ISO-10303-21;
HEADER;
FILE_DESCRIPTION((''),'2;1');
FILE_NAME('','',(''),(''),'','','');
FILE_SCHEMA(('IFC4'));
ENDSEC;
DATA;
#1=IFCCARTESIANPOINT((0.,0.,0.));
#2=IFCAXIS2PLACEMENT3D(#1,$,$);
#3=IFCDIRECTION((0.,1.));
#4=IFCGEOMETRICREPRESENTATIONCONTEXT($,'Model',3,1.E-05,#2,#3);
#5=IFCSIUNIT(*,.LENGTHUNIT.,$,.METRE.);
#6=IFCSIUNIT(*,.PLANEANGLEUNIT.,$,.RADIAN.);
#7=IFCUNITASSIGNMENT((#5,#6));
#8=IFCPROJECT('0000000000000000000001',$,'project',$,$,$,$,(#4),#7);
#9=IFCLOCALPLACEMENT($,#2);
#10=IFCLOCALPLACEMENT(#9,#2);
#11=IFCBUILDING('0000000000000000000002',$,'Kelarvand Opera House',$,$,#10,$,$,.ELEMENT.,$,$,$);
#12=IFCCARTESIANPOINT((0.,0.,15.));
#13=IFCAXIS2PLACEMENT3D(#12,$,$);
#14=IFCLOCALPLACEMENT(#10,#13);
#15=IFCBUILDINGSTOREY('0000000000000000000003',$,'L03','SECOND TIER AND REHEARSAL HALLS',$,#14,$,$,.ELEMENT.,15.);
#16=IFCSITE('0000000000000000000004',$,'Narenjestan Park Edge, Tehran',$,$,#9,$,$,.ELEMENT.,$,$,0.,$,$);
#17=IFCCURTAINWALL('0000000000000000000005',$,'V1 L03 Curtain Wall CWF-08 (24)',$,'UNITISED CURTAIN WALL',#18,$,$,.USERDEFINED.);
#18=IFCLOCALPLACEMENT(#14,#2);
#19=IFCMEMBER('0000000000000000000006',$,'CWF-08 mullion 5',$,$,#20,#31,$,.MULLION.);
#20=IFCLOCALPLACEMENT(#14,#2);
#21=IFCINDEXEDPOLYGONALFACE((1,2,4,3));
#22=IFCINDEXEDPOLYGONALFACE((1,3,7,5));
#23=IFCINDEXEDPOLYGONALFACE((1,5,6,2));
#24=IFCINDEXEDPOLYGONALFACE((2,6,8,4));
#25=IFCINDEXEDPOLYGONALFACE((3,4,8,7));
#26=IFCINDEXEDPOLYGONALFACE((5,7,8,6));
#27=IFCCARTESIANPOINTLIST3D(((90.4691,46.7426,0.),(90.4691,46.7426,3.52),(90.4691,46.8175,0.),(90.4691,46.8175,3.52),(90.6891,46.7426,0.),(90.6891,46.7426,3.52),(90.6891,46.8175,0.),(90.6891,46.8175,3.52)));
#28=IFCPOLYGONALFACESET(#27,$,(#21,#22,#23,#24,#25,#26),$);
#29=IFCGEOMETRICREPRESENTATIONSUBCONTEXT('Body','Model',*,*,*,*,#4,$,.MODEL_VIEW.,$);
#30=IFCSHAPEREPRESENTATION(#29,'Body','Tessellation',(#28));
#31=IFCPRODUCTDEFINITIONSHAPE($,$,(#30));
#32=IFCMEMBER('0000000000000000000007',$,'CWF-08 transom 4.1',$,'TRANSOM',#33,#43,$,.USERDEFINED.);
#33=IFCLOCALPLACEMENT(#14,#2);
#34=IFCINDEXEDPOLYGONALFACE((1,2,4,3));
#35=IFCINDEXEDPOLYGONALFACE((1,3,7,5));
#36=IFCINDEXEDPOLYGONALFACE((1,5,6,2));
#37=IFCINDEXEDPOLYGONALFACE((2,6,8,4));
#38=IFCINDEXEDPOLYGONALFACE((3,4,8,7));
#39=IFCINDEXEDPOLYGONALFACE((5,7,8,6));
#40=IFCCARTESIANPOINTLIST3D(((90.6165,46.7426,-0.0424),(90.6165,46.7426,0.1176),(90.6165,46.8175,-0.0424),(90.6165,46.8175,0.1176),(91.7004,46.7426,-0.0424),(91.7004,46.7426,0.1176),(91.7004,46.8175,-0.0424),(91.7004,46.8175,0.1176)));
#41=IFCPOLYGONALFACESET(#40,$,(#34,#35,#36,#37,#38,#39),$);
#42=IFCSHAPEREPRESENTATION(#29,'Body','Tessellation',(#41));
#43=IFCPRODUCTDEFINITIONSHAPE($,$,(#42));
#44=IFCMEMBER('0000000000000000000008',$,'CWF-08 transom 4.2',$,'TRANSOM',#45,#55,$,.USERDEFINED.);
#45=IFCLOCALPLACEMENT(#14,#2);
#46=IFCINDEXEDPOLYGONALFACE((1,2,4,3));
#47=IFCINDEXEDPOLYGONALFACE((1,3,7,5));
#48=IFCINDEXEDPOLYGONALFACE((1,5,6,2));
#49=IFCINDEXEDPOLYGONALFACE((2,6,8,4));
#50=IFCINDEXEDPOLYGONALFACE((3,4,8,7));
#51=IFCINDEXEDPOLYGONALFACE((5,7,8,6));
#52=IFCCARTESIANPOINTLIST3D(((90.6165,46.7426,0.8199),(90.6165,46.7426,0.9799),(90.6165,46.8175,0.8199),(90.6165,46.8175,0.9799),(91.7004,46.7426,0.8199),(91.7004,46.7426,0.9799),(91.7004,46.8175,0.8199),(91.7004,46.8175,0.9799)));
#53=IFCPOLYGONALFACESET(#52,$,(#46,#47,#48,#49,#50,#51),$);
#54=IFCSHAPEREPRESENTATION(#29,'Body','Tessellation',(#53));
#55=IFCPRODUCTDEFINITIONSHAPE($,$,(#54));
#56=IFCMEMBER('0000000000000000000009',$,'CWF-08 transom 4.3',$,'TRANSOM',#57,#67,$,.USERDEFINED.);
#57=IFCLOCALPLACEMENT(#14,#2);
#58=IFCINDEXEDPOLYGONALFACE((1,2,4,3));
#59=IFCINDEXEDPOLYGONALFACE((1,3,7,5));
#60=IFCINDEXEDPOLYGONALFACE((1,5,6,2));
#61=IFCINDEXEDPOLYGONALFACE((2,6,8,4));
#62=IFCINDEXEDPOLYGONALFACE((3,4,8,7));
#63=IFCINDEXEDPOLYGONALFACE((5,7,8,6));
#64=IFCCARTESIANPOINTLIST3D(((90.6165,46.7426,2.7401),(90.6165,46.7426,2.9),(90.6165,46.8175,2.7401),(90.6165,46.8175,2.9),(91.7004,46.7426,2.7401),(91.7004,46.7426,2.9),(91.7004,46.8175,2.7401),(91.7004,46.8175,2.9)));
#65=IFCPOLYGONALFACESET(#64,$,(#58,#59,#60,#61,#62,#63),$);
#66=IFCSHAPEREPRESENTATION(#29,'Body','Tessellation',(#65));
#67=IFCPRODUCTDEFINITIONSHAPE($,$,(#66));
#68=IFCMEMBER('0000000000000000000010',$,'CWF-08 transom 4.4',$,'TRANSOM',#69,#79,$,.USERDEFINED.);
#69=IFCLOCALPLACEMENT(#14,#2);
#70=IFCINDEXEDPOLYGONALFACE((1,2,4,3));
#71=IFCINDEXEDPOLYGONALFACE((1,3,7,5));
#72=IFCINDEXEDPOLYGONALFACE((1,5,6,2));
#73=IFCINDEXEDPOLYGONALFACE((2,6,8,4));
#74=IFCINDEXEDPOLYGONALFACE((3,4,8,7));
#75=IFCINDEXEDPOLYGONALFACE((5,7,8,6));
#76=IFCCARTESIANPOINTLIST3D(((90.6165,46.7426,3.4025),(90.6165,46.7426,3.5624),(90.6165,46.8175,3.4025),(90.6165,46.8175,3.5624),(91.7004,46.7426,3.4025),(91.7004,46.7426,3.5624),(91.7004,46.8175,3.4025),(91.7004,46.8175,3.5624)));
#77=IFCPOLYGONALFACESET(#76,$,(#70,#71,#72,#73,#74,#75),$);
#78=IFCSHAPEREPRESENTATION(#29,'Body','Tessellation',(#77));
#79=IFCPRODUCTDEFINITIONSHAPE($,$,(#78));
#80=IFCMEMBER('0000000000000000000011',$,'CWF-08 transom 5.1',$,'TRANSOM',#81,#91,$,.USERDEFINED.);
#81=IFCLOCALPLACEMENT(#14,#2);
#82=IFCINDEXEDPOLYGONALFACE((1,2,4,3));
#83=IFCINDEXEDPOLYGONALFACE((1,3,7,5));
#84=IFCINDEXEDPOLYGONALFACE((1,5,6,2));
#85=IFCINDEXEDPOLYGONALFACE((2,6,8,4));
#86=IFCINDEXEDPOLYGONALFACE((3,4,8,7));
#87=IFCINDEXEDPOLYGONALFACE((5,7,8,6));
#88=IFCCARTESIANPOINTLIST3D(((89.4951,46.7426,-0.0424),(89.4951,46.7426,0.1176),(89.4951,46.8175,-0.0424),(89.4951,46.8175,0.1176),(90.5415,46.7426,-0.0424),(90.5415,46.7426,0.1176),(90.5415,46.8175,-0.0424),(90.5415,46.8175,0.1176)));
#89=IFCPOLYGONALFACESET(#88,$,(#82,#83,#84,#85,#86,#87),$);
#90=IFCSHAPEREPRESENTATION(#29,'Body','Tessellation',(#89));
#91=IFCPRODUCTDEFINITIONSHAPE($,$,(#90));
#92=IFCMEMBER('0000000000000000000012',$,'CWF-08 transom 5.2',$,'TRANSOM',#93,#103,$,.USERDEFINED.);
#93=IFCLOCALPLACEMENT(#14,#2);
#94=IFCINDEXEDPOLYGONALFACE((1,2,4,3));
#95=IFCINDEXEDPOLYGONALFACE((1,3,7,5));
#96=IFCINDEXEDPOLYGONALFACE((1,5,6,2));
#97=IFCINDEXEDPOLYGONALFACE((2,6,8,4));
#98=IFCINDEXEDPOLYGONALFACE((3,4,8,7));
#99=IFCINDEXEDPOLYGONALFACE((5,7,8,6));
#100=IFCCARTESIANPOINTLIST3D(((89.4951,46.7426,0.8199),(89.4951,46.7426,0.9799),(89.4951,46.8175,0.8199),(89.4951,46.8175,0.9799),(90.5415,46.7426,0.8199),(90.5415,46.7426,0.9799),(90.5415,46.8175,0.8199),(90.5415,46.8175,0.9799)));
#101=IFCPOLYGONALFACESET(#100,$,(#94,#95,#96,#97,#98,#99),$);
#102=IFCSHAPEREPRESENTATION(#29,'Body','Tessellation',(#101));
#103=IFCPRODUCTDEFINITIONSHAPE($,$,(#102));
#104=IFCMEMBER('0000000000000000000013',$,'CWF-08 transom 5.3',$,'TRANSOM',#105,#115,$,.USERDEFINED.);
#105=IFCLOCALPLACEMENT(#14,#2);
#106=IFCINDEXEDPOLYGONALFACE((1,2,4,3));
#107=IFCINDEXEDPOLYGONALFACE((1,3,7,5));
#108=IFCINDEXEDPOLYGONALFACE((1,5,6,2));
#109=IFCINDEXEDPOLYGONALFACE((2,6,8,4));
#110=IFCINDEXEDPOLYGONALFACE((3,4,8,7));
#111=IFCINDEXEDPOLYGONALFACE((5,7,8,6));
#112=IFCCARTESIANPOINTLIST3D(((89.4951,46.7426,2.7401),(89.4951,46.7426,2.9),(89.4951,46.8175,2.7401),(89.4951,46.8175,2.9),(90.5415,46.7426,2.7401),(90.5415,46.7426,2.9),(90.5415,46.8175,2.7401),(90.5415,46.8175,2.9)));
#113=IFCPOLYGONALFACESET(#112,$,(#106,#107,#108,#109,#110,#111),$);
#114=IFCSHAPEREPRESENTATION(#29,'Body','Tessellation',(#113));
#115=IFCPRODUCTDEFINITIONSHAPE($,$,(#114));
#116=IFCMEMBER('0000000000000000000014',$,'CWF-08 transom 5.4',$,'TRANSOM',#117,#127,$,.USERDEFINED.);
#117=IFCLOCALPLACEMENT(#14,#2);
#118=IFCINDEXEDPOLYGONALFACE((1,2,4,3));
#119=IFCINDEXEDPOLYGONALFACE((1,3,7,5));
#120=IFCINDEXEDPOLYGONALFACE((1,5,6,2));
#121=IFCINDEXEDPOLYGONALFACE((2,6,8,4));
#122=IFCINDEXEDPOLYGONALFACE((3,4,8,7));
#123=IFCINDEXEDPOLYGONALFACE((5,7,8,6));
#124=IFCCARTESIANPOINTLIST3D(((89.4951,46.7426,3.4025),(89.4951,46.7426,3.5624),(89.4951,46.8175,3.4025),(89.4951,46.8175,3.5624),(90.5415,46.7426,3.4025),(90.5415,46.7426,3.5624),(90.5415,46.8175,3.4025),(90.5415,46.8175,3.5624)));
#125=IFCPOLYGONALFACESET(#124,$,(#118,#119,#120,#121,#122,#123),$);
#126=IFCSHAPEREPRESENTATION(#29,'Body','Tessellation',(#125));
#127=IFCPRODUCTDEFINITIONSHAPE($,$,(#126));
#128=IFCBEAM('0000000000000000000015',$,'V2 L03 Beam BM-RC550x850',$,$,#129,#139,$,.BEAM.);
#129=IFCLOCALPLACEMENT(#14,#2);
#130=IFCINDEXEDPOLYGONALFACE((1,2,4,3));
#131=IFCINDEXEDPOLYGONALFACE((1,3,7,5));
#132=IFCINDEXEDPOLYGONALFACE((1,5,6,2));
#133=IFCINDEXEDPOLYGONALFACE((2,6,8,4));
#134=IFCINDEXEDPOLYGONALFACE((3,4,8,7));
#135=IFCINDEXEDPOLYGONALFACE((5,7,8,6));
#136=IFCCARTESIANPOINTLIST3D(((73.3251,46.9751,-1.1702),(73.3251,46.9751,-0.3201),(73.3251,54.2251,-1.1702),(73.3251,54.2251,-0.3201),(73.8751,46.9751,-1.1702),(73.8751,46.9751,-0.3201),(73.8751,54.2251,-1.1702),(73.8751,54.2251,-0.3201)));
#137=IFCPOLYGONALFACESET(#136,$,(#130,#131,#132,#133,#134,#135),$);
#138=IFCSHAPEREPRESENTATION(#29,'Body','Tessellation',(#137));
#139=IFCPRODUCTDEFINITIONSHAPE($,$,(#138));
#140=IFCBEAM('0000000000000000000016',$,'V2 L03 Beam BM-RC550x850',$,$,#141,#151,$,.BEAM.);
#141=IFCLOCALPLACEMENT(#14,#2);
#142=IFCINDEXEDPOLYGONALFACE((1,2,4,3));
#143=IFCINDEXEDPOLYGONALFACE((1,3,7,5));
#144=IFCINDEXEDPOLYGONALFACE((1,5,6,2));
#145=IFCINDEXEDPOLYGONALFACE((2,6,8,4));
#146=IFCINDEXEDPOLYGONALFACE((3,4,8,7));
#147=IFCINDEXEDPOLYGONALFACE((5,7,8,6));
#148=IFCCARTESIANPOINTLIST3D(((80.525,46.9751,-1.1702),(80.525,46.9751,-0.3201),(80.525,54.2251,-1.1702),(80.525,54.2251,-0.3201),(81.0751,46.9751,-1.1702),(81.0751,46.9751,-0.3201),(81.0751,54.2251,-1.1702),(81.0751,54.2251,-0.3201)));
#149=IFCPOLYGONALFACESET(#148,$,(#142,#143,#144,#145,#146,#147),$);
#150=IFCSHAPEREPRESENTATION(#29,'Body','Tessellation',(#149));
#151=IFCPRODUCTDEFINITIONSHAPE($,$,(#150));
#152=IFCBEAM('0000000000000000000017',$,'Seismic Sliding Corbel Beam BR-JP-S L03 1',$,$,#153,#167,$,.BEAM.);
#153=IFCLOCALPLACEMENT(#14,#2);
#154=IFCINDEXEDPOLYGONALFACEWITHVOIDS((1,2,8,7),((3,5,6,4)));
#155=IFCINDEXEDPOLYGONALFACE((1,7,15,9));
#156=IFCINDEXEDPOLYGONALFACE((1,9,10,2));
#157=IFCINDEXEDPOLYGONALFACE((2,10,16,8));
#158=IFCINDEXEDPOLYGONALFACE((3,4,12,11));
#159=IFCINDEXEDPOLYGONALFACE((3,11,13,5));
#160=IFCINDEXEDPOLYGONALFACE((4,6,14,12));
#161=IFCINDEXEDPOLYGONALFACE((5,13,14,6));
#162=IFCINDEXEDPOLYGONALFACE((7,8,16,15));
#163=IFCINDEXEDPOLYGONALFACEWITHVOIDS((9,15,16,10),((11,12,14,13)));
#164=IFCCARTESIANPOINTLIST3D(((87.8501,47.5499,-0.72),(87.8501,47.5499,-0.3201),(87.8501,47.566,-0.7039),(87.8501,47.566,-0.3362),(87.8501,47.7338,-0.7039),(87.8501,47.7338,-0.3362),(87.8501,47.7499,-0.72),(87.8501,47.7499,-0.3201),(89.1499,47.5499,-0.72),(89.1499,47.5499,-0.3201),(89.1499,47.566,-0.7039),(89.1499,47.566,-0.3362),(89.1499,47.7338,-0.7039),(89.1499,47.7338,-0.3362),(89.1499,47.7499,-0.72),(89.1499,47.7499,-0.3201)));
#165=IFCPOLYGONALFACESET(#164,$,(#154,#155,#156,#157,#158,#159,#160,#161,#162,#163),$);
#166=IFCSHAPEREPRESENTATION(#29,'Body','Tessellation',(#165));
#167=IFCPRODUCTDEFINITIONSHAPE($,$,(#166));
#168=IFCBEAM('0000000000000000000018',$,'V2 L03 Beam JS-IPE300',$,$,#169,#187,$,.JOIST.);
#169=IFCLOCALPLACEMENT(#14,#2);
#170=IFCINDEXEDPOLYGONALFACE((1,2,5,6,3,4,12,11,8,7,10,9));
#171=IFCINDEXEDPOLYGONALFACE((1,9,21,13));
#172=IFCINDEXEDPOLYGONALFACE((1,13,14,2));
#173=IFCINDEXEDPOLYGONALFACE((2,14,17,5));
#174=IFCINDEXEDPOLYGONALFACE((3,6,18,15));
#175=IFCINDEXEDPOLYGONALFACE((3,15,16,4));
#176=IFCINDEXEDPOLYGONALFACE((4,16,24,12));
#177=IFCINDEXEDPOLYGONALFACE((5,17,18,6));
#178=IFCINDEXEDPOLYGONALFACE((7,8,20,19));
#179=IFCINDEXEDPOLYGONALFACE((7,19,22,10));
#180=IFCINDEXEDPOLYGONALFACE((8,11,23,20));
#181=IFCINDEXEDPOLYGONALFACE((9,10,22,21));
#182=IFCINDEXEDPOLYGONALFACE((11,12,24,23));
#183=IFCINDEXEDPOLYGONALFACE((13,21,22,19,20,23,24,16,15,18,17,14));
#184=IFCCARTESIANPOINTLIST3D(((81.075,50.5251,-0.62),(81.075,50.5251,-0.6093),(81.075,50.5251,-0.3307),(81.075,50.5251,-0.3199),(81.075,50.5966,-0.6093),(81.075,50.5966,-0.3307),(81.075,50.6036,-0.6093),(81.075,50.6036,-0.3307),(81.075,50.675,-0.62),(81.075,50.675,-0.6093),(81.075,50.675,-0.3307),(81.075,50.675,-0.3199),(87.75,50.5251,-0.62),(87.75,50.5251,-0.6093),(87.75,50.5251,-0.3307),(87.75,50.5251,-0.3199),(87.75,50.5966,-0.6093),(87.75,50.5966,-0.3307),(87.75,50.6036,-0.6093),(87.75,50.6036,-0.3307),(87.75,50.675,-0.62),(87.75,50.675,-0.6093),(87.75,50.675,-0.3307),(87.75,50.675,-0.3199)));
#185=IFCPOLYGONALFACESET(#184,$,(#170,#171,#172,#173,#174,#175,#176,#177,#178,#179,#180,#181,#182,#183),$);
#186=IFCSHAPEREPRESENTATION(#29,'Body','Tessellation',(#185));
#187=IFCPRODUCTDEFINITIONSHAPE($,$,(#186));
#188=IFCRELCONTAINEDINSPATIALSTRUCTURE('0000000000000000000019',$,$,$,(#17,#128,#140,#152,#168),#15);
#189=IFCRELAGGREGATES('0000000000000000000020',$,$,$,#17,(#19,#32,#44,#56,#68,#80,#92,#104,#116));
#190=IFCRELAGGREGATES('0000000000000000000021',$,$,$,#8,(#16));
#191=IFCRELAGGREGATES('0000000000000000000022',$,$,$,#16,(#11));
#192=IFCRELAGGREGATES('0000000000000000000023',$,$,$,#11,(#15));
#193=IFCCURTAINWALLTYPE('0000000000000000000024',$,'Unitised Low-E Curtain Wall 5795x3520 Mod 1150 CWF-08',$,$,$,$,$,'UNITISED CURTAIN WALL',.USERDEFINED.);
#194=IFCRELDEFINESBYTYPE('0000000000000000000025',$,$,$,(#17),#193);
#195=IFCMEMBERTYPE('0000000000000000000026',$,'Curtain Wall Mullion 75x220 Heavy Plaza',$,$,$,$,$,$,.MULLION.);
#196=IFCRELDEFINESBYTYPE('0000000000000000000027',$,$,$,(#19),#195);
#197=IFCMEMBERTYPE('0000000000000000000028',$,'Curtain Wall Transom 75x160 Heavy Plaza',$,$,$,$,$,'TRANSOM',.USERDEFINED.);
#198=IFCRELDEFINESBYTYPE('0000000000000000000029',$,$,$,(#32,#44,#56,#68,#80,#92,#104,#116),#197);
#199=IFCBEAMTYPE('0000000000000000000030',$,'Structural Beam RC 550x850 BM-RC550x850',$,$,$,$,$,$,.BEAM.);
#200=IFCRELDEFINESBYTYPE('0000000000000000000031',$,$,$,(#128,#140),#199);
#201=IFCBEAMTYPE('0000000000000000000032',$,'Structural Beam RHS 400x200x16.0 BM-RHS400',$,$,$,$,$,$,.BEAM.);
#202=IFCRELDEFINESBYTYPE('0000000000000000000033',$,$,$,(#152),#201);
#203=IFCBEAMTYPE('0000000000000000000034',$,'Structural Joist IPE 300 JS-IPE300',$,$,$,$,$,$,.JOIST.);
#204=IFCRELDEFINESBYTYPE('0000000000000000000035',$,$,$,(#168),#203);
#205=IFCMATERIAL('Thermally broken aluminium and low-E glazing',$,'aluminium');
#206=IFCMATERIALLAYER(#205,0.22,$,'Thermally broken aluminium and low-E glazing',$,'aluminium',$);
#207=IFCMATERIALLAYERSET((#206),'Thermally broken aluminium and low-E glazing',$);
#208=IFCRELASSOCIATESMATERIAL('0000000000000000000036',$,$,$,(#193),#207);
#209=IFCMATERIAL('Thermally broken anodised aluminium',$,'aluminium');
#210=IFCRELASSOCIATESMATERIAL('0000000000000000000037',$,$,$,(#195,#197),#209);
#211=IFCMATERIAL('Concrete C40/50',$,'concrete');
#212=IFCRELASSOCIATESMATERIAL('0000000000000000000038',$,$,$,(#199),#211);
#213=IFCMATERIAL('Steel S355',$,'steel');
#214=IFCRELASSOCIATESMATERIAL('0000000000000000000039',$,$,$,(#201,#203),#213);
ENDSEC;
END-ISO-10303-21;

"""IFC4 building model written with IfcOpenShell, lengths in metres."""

from ifc_helpers import new_model, si_unit, direction, frame, origin, origin_2d, place, context, subcontext, project, spatial, rectangle, hollow_rectangle, i_section, extrude, material, layer, layer_set, material_profile, profile_set, type_object, element, aggregate, save


model = new_model("IFC4")

# Units and contexts
model_context = context("Model", 3, precision=1e-05, world=origin(), true_north=direction((0.0, 1.0)))
body_context = subcontext(model_context, "Body", "Model", "MODEL_VIEW")
ifc_project = project(units=[si_unit("LENGTHUNIT", "METRE"), si_unit("PLANEANGLEUNIT", "RADIAN")], contexts=[model_context])

# Site, building, storey
site_placement = place(None, origin())
site = spatial("IfcSite", under=ifc_project, at=site_placement, Name="Narenjestan Park Edge, Tehran", CompositionType="ELEMENT", RefElevation=0.0)
building_placement = place(site_placement, origin())
building = spatial("IfcBuilding", under=site, at=building_placement, Name="Kelarvand Opera House", CompositionType="ELEMENT")
storey_placement = place(building_placement, frame((0.0, 0.0, 15.0)))
storey = spatial("IfcBuildingStorey", under=building, at=storey_placement, Name="L03", Description="SECOND TIER AND REHEARSAL HALLS", CompositionType="ELEMENT", Elevation=15.0)

# Curtain wall, members
ifc_material_1 = material(Name="Thermally broken aluminium and low-E glazing", Category="aluminium")
ifc_layer_1 = layer(ifc_material_1, 0.22, Name="Thermally broken aluminium and low-E glazing", Category="aluminium")
ifc_layer_set_1 = layer_set([ifc_layer_1], Name="Thermally broken aluminium and low-E glazing")
curtain_wall_type = type_object("IfcCurtainWallType", Name="Unitised Low-E Curtain Wall 5795x3520 Mod 1150 CWF-08", ElementType="UNITISED CURTAIN WALL", PredefinedType="USERDEFINED", material=ifc_layer_set_1)
curtain_wall_placement = place(storey_placement, origin())
curtain_wall = element("IfcCurtainWall", 1, at=curtain_wall_placement, inside=storey, type_object=curtain_wall_type, Name="V1 L03 Curtain Wall CWF-08 (24)", ObjectType="UNITISED CURTAIN WALL", PredefinedType="USERDEFINED")
ifc_material_2 = material(Name="Thermally broken anodised aluminium", Category="aluminium")
ifc_material_profile_1 = material_profile(ifc_material_2, rectangle(XDim=0.075, YDim=0.22, at=origin_2d()), Name="ALU MULLION 75x220", Category="aluminium")
ifc_profile_set_1 = profile_set([ifc_material_profile_1], Name="Thermally broken anodised aluminium")
member_type_1 = type_object("IfcMemberType", Name="Curtain Wall Mullion 75x220 Heavy Plaza", PredefinedType="MULLION", material=ifc_profile_set_1)
member_1_placement = place(storey_placement, frame((90.5791, 46.78, 0.0), z_axis=(0.0, 0.0, 1.0), x_axis=(0.0, -1.0, 0.0)))
member_1 = element("IfcMember", 2, at=member_1_placement, type_object=member_type_1, Name="CWF-08 mullion 5", PredefinedType="MULLION", context=body_context, shape_type="SweptSolid", body=[
    extrude(rectangle(XDim=0.075, YDim=0.22, at=origin_2d()), origin(), (0.0, 0.0, 1.0), 3.52),
])
ifc_material_profile_2 = material_profile(ifc_material_2, rectangle(XDim=0.075, YDim=0.1599, at=origin_2d()), Name="ALU TRANSOM 75x160", Category="aluminium")
ifc_profile_set_2 = profile_set([ifc_material_profile_2], Name="Thermally broken anodised aluminium")
member_type_2 = type_object("IfcMemberType", Name="Curtain Wall Transom 75x160 Heavy Plaza", ElementType="TRANSOM", PredefinedType="USERDEFINED", material=ifc_profile_set_2)
member_2_placement = place(storey_placement, frame((91.7004, 46.78, 0.0376), z_axis=(-1.0, 0.0, 0.0), x_axis=(0.0, -1.0, 0.0)))
member_2 = element("IfcMember", 3, at=member_2_placement, type_object=member_type_2, Name="CWF-08 transom 4.1", ObjectType="TRANSOM", PredefinedType="USERDEFINED", context=body_context, shape_type="SweptSolid", body=[
    extrude(rectangle(XDim=0.075, YDim=0.1599, at=origin_2d()), origin(), (0.0, 0.0, 1.0), 1.084),
])
member_3_placement = place(storey_placement, frame((91.7004, 46.78, 0.8999), z_axis=(-1.0, 0.0, 0.0), x_axis=(0.0, -1.0, 0.0)))
member_3 = element("IfcMember", 4, at=member_3_placement, type_object=member_type_2, Name="CWF-08 transom 4.2", ObjectType="TRANSOM", PredefinedType="USERDEFINED", context=body_context, shape_type="SweptSolid", body=[
    extrude(rectangle(XDim=0.075, YDim=0.1599, at=origin_2d()), origin(), (0.0, 0.0, 1.0), 1.084),
])
member_4_placement = place(storey_placement, frame((91.7004, 46.78, 2.8201), z_axis=(-1.0, 0.0, 0.0), x_axis=(0.0, -1.0, 0.0)))
member_4 = element("IfcMember", 5, at=member_4_placement, type_object=member_type_2, Name="CWF-08 transom 4.3", ObjectType="TRANSOM", PredefinedType="USERDEFINED", context=body_context, shape_type="SweptSolid", body=[
    extrude(rectangle(XDim=0.075, YDim=0.1599, at=origin_2d()), origin(), (0.0, 0.0, 1.0), 1.084),
])
member_5_placement = place(storey_placement, frame((91.7004, 46.78, 3.4824), z_axis=(-1.0, 0.0, 0.0), x_axis=(0.0, -1.0, 0.0)))
member_5 = element("IfcMember", 6, at=member_5_placement, type_object=member_type_2, Name="CWF-08 transom 4.4", ObjectType="TRANSOM", PredefinedType="USERDEFINED", context=body_context, shape_type="SweptSolid", body=[
    extrude(rectangle(XDim=0.075, YDim=0.1599, at=origin_2d()), origin(), (0.0, 0.0, 1.0), 1.084),
])
member_6_placement = place(storey_placement, frame((90.5415, 46.78, 0.0376), z_axis=(-1.0, 0.0, 0.0), x_axis=(0.0, -1.0, 0.0)))
member_6 = element("IfcMember", 7, at=member_6_placement, type_object=member_type_2, Name="CWF-08 transom 5.1", ObjectType="TRANSOM", PredefinedType="USERDEFINED", context=body_context, shape_type="SweptSolid", body=[
    extrude(rectangle(XDim=0.075, YDim=0.1599, at=origin_2d()), origin(), (0.0, 0.0, 1.0), 1.0464),
])
member_7_placement = place(storey_placement, frame((90.5415, 46.78, 0.8999), z_axis=(-1.0, 0.0, 0.0), x_axis=(0.0, -1.0, 0.0)))
member_7 = element("IfcMember", 8, at=member_7_placement, type_object=member_type_2, Name="CWF-08 transom 5.2", ObjectType="TRANSOM", PredefinedType="USERDEFINED", context=body_context, shape_type="SweptSolid", body=[
    extrude(rectangle(XDim=0.075, YDim=0.1599, at=origin_2d()), origin(), (0.0, 0.0, 1.0), 1.0464),
])
member_8_placement = place(storey_placement, frame((90.5415, 46.78, 2.8201), z_axis=(-1.0, 0.0, 0.0), x_axis=(0.0, -1.0, 0.0)))
member_8 = element("IfcMember", 9, at=member_8_placement, type_object=member_type_2, Name="CWF-08 transom 5.3", ObjectType="TRANSOM", PredefinedType="USERDEFINED", context=body_context, shape_type="SweptSolid", body=[
    extrude(rectangle(XDim=0.075, YDim=0.1599, at=origin_2d()), origin(), (0.0, 0.0, 1.0), 1.0464),
])
member_9_placement = place(storey_placement, frame((90.5415, 46.78, 3.4824), z_axis=(-1.0, 0.0, 0.0), x_axis=(0.0, -1.0, 0.0)))
member_9 = element("IfcMember", 10, at=member_9_placement, type_object=member_type_2, Name="CWF-08 transom 5.4", ObjectType="TRANSOM", PredefinedType="USERDEFINED", context=body_context, shape_type="SweptSolid", body=[
    extrude(rectangle(XDim=0.075, YDim=0.1599, at=origin_2d()), origin(), (0.0, 0.0, 1.0), 1.0464),
])

# Beams
ifc_material_3 = material(Name="Concrete C40/50", Category="concrete")
ifc_material_profile_3 = material_profile(ifc_material_3, rectangle(XDim=0.55, YDim=0.8501, at=origin_2d()), Name="RC 550x850", Category="concrete")
ifc_profile_set_3 = profile_set([ifc_material_profile_3], Name="Concrete C40/50")
beam_type_1 = type_object("IfcBeamType", Name="Structural Beam RC 550x850 BM-RC550x850", PredefinedType="BEAM", material=ifc_profile_set_3)
for number, where, z_axis, x_axis, name in (
    (11, (73.6001, 46.9751, -0.7451), (0.0, 1.0, 0.0), (-1.0, 0.0, 0.0), "V2 L03 Beam BM-RC550x850"),
    (12, (80.8, 46.9751, -0.7451), (0.0, 1.0, 0.0), (-1.0, 0.0, 0.0), "V2 L03 Beam BM-RC550x850"),
):
    element("IfcBeam", number, at=place(storey_placement, frame(where, z_axis=z_axis, x_axis=x_axis)), inside=storey, type_object=beam_type_1, Name=name, PredefinedType="BEAM", context=body_context, shape_type="SweptSolid", body=[
        extrude(rectangle(XDim=0.55, YDim=0.8501, at=origin_2d()), origin(), (0.0, 0.0, 1.0), 7.25),
    ])
ifc_material_4 = material(Name="Steel S355", Category="steel")
ifc_material_profile_4 = material_profile(ifc_material_4, hollow_rectangle(XDim=0.2, YDim=0.3999, WallThickness=0.0161, at=origin_2d()), Name="RHS 400x200x16.0", Category="steel")
ifc_profile_set_4 = profile_set([ifc_material_profile_4], Name="Steel S355")
beam_type_2 = type_object("IfcBeamType", Name="Structural Beam RHS 400x200x16.0 BM-RHS400", PredefinedType="BEAM", material=ifc_profile_set_4)
beam_1_placement = place(storey_placement, frame((87.8501, 47.6499, -0.52), z_axis=(1.0, 0.0, 0.0), x_axis=(0.0, 1.0, 0.0)))
element("IfcBeam", 13, at=beam_1_placement, inside=storey, type_object=beam_type_2, Name="Seismic Sliding Corbel Beam BR-JP-S L03 1", PredefinedType="BEAM", context=body_context, shape_type="SweptSolid", body=[
    extrude(hollow_rectangle(XDim=0.2, YDim=0.3999, WallThickness=0.0161, at=origin_2d()), origin(), (0.0, 0.0, 1.0), 1.2998),
])
ifc_material_profile_5 = material_profile(ifc_material_4, i_section(OverallWidth=0.1499, OverallDepth=0.3, WebThickness=0.0071, FlangeThickness=0.0107, at=origin_2d()), Name="IPE 300", Category="steel")
ifc_profile_set_5 = profile_set([ifc_material_profile_5], Name="Steel S355")
beam_type_3 = type_object("IfcBeamType", Name="Structural Joist IPE 300 JS-IPE300", PredefinedType="JOIST", material=ifc_profile_set_5)
beam_2_placement = place(storey_placement, frame((81.075, 50.6001, -0.47), z_axis=(1.0, 0.0, 0.0), x_axis=(0.0, 1.0, 0.0)))
element("IfcBeam", 14, at=beam_2_placement, inside=storey, type_object=beam_type_3, Name="V2 L03 Beam JS-IPE300", PredefinedType="JOIST", context=body_context, shape_type="SweptSolid", body=[
    extrude(i_section(OverallWidth=0.1499, OverallDepth=0.3, WebThickness=0.0071, FlangeThickness=0.0107, at=origin_2d()), origin(), (0.0, 0.0, 1.0), 6.675),
])

aggregate(curtain_wall, [member_1, member_2, member_3, member_4, member_5, member_6, member_7, member_8, member_9])

save(model, "model.ifc")
